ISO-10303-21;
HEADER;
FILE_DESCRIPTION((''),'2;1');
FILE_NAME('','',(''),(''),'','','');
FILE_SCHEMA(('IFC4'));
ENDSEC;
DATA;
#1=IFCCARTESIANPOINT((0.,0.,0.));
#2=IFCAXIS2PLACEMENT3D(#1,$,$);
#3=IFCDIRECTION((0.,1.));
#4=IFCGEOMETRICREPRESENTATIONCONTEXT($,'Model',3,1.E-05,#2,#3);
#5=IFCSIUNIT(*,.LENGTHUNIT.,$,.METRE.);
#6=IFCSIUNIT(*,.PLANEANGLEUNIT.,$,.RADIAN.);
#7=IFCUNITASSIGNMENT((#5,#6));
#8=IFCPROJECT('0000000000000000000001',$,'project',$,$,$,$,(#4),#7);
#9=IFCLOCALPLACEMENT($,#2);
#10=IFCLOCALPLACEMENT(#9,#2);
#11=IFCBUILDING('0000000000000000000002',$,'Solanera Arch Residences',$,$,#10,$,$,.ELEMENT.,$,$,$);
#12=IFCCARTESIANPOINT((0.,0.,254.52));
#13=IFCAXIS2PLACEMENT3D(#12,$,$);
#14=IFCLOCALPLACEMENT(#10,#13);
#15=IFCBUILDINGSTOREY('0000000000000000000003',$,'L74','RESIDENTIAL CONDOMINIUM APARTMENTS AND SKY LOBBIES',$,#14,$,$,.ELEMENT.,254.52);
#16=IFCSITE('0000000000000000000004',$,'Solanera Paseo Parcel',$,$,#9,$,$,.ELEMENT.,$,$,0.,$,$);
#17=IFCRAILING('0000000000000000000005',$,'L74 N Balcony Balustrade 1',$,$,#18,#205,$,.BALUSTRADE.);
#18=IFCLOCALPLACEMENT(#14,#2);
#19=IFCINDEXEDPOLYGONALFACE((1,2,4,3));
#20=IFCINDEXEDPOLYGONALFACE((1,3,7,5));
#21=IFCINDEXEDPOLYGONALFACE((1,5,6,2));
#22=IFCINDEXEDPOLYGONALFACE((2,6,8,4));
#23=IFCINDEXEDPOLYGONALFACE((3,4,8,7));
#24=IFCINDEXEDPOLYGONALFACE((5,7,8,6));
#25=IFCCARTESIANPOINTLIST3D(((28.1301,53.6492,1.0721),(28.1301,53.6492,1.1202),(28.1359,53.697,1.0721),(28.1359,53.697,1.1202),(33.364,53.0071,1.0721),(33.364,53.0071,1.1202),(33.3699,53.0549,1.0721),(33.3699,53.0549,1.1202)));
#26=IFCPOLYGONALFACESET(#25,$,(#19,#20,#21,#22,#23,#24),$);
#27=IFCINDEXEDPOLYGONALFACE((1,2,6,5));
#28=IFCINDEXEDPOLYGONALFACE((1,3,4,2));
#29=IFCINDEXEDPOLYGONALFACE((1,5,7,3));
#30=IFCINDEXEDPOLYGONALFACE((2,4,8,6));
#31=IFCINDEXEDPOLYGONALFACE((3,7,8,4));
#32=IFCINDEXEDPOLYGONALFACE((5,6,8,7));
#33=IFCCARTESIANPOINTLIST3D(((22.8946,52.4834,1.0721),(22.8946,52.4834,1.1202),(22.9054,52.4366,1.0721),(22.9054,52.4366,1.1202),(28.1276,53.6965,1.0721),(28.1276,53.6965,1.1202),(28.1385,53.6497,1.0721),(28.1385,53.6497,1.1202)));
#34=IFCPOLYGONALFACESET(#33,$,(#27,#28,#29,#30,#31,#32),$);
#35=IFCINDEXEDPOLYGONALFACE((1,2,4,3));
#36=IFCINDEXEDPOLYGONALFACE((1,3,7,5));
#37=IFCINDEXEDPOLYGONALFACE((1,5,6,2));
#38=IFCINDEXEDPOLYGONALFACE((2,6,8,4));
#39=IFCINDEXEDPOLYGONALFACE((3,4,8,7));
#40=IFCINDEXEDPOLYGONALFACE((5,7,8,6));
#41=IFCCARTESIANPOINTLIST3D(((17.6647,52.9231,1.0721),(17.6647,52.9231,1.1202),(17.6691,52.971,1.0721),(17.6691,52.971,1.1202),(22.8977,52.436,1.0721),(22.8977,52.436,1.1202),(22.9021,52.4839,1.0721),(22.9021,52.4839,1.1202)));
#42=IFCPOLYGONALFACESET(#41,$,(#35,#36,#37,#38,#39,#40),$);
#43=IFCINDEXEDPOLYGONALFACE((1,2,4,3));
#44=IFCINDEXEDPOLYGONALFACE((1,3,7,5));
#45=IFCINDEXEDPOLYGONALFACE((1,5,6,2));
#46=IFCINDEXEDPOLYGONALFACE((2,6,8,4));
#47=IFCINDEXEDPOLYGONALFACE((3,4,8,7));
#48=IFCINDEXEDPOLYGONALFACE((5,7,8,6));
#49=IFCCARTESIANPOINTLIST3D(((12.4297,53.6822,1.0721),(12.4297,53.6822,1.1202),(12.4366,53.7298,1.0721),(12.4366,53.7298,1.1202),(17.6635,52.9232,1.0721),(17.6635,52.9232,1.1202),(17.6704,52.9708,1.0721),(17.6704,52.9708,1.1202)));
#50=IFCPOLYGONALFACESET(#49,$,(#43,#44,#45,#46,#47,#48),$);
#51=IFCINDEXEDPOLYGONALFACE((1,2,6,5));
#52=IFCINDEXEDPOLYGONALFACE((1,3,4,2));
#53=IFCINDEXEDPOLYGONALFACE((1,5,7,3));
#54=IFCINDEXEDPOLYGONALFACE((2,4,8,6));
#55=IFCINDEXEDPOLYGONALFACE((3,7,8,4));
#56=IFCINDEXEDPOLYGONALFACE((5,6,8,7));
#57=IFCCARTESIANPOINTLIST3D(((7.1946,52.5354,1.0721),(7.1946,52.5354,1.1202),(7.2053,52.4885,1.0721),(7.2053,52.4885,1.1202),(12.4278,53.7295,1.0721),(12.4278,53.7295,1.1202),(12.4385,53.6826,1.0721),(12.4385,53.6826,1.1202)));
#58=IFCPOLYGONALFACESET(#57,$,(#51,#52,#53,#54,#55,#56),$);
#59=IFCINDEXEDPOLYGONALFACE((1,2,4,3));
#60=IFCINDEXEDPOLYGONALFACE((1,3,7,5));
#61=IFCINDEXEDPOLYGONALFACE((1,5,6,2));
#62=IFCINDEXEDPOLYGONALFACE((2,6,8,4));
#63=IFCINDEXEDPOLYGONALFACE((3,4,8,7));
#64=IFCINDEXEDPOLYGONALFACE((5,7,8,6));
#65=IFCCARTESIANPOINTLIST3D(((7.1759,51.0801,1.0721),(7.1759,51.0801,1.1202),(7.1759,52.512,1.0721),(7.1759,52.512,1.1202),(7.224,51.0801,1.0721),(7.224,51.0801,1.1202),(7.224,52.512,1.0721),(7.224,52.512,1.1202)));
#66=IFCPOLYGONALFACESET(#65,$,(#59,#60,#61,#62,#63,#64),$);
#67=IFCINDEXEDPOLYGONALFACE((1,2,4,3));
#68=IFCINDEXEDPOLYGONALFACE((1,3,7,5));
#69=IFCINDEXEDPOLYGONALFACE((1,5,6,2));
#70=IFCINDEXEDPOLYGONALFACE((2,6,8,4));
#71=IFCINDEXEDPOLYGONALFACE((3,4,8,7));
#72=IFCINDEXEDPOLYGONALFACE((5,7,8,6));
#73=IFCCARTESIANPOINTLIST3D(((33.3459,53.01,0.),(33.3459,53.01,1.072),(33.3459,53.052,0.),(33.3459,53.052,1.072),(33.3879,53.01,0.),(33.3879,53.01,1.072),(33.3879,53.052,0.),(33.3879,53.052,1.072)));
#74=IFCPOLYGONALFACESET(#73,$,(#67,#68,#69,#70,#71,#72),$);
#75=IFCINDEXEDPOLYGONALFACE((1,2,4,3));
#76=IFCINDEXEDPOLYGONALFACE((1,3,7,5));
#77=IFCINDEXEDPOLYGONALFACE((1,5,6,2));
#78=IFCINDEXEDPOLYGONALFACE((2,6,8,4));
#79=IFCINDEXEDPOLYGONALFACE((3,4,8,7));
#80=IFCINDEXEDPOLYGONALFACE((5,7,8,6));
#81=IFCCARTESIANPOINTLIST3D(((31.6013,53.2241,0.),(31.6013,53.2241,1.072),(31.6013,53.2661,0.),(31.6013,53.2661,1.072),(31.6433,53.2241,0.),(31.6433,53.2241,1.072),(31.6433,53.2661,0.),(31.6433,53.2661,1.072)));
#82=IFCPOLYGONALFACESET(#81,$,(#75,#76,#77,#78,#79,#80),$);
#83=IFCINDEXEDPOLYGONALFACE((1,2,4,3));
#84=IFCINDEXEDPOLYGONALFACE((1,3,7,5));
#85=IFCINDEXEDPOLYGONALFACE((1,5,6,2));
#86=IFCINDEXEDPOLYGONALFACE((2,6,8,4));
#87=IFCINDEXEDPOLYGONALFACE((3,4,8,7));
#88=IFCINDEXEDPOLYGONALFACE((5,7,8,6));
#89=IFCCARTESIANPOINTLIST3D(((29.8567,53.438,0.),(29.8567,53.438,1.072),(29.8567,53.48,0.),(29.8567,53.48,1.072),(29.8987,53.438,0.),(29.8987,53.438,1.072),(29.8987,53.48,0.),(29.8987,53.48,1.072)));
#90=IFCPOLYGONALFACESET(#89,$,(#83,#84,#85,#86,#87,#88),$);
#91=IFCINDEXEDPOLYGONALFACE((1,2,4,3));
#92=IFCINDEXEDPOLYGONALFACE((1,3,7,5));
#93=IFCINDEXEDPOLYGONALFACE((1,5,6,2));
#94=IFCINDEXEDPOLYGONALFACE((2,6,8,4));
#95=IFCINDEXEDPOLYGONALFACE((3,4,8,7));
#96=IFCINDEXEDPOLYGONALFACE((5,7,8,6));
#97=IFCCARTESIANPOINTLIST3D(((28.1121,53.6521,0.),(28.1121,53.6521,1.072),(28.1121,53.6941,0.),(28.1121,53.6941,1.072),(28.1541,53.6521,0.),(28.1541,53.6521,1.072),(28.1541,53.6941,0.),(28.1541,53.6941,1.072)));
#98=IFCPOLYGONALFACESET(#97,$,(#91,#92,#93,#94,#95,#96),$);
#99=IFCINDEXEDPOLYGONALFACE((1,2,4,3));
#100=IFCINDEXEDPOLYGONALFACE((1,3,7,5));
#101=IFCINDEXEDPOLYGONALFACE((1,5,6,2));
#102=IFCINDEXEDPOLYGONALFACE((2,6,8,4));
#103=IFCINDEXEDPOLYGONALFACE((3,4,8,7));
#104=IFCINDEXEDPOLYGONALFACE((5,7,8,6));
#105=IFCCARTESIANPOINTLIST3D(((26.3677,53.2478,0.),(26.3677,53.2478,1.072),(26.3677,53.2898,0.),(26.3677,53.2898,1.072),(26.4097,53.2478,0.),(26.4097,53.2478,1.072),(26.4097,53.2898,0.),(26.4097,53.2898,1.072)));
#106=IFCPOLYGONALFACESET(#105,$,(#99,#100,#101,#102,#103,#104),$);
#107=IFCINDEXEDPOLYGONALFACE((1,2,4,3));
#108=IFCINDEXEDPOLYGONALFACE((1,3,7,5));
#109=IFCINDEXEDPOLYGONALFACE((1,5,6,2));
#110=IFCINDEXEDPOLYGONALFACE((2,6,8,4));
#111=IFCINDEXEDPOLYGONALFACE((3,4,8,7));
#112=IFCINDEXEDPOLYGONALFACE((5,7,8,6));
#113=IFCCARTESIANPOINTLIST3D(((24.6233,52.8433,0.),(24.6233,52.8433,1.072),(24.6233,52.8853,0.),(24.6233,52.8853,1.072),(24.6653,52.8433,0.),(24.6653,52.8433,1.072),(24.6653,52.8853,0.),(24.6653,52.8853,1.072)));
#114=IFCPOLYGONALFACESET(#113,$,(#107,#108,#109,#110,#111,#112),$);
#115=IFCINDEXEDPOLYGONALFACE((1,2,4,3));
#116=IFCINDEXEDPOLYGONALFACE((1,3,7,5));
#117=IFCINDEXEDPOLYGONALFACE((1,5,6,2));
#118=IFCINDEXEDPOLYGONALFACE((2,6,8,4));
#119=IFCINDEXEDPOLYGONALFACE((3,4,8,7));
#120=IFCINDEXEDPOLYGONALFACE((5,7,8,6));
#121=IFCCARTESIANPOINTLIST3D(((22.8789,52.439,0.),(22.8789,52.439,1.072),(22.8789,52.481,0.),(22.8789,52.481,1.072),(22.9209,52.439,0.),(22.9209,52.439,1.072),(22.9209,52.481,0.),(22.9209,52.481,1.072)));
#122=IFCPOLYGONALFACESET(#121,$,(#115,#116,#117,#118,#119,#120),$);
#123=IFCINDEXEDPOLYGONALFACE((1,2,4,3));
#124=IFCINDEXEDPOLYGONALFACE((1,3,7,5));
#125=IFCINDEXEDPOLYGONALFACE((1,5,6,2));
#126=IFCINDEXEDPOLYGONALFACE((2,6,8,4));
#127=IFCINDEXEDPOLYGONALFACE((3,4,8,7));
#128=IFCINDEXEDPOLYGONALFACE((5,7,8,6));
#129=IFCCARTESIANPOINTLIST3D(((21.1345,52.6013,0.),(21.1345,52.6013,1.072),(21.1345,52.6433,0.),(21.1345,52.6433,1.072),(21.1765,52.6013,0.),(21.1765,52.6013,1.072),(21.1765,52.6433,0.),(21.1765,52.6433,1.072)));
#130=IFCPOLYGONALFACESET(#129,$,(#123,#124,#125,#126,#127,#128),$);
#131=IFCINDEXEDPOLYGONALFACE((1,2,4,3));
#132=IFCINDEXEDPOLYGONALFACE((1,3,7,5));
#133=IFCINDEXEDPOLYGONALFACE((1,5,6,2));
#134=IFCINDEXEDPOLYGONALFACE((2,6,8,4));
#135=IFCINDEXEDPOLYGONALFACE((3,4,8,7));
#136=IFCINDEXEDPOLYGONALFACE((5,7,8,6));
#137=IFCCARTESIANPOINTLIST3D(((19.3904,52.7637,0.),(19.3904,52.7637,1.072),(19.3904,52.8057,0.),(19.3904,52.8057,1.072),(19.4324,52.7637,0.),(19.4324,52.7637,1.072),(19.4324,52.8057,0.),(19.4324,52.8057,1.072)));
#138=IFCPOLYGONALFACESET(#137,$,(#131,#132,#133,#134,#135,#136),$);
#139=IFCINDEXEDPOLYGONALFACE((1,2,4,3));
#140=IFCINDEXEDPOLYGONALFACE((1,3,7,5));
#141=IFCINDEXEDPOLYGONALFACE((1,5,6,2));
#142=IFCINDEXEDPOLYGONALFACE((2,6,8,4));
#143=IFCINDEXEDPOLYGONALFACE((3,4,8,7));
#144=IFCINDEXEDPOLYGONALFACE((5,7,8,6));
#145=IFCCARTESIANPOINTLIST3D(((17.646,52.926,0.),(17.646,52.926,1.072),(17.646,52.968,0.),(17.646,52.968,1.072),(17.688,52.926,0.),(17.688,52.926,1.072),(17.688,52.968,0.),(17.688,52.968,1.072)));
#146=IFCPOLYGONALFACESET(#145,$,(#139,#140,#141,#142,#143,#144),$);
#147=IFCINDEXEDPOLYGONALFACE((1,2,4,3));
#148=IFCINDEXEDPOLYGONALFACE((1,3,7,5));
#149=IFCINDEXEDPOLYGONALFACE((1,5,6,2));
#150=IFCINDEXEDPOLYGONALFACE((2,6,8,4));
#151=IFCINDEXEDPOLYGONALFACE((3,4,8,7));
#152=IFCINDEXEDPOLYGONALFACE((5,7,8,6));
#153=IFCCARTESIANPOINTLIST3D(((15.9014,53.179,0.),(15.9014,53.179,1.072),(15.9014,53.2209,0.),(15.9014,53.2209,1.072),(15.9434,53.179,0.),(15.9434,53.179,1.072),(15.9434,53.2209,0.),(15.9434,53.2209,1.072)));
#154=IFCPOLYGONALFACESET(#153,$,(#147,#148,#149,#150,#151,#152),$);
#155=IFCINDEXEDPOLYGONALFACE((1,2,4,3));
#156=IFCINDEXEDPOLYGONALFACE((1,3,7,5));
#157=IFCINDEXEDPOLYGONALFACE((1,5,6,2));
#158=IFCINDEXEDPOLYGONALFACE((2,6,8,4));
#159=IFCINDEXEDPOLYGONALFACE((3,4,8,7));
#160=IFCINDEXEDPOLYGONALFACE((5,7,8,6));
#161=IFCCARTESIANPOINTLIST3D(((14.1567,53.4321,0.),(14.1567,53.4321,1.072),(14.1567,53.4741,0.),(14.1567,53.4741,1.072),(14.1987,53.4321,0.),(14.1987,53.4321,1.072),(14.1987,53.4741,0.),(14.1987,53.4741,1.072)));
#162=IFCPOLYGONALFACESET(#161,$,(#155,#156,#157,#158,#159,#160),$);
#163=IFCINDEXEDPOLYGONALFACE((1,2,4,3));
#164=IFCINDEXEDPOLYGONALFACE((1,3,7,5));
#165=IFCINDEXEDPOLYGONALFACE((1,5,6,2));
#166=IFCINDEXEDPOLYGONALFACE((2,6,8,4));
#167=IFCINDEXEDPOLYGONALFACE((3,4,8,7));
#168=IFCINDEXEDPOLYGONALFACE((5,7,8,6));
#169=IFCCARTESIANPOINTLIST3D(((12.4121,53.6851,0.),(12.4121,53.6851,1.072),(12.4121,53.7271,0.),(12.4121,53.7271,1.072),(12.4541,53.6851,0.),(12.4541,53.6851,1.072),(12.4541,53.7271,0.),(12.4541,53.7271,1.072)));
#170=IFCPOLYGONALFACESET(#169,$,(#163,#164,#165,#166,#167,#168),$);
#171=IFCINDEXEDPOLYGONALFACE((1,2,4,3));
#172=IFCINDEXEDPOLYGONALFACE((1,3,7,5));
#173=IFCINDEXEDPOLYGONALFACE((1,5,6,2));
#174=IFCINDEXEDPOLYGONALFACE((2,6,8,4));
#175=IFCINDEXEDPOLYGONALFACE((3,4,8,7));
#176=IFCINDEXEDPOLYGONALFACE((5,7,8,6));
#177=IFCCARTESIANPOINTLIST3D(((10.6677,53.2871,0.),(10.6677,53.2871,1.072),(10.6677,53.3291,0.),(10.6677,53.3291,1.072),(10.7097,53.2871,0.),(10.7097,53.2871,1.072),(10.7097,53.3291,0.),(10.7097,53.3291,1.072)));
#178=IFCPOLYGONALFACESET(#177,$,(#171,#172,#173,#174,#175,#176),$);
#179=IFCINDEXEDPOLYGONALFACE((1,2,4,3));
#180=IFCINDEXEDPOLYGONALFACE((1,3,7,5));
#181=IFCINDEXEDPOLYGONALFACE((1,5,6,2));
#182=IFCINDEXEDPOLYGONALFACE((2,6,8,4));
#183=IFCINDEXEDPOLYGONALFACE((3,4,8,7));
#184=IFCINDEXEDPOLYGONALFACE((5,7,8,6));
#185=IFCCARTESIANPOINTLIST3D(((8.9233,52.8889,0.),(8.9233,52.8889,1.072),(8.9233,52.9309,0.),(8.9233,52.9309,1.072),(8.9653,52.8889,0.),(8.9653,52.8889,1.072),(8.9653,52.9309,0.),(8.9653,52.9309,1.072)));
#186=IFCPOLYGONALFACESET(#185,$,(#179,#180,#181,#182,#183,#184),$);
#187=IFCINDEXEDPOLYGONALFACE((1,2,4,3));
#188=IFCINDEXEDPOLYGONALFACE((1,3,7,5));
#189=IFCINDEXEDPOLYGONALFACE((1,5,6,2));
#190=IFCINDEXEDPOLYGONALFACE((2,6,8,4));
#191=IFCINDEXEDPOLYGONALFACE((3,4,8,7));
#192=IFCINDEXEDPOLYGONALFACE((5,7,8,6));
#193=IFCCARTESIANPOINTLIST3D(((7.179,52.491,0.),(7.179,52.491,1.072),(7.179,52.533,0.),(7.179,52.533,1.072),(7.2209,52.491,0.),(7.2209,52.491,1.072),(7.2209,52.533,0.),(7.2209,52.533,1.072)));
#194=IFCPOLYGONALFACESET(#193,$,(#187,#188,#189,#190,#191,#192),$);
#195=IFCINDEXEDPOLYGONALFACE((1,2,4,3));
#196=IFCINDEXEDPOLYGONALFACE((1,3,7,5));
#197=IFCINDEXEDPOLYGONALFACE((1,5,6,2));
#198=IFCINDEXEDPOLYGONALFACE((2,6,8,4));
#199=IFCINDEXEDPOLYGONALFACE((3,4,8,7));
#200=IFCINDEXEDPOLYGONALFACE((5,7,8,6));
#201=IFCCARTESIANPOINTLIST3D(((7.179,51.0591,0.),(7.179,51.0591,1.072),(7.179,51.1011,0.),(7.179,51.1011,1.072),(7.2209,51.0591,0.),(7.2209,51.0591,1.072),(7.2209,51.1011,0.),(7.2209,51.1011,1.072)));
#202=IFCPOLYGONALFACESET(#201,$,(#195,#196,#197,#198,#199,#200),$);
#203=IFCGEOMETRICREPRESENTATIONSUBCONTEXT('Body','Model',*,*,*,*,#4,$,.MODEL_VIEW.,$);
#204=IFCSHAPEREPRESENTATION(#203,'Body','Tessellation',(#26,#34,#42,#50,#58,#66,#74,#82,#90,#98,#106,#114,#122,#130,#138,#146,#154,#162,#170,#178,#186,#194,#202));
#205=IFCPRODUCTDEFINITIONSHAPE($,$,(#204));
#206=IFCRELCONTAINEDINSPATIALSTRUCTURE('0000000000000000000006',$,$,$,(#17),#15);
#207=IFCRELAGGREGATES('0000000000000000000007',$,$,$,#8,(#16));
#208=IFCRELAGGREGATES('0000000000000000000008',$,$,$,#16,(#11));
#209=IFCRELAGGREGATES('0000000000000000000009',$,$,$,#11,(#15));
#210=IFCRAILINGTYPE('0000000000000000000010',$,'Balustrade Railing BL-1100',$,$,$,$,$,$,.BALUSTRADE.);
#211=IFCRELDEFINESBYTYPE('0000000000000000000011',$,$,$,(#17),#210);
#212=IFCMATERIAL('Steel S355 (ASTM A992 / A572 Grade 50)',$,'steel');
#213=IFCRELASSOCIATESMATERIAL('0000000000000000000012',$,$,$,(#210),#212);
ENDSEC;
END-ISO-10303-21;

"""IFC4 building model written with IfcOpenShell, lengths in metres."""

from ifc_helpers import new_model, si_unit, direction, frame, origin, origin_2d, place, context, subcontext, project, spatial, rectangle, extrude, material, type_object, element, save


model = new_model("IFC4")

# Units and contexts
model_context = context("Model", 3, precision=1e-05, world=origin(), true_north=direction((0.0, 1.0)))
body_context = subcontext(model_context, "Body", "Model", "MODEL_VIEW")
ifc_project = project(units=[si_unit("LENGTHUNIT", "METRE"), si_unit("PLANEANGLEUNIT", "RADIAN")], contexts=[model_context])

# Site, building, storey
site_placement = place(None, origin())
site = spatial("IfcSite", under=ifc_project, at=site_placement, Name="Solanera Paseo Parcel", CompositionType="ELEMENT", RefElevation=0.0)
building_placement = place(site_placement, origin())
building = spatial("IfcBuilding", under=site, at=building_placement, Name="Solanera Arch Residences", CompositionType="ELEMENT")
storey_placement = place(building_placement, frame((0.0, 0.0, 254.52)))
storey = spatial("IfcBuildingStorey", under=building, at=storey_placement, Name="L74", Description="RESIDENTIAL CONDOMINIUM APARTMENTS AND SKY LOBBIES", CompositionType="ELEMENT", Elevation=254.52)

# Railing
ifc_material_1 = material(Name="Steel S355 (ASTM A992 / A572 Grade 50)", Category="steel")
railing_type = type_object("IfcRailingType", Name="Balustrade Railing BL-1100", PredefinedType="BALUSTRADE", material=ifc_material_1)
railing_1_placement = place(storey_placement, frame((33.3669, 53.031, 0.0)))
element("IfcRailing", 1, at=railing_1_placement, inside=storey, type_object=railing_type, Name="L74 N Balcony Balustrade 1", PredefinedType="BALUSTRADE", context=body_context, shape_type="SweptSolid", body=[
    extrude(rectangle(XDim=0.0481, YDim=0.0481, at=origin_2d()), frame((0.0, 0.0, 1.0962), z_axis=(-0.992559, 0.121766, 0.0), x_axis=(-0.121766, -0.992559, 0.0)), (0.0, 0.0, 1.0), 5.2732),
    extrude(rectangle(XDim=0.0481, YDim=0.0481, at=origin_2d()), frame((-5.2339, 0.6421, 1.0962), z_axis=(-0.974167, -0.225829, 0.0), x_axis=(0.225829, -0.974167, 0.0)), (0.0, 0.0, 1.0), 5.3718),
    extrude(rectangle(XDim=0.0481, YDim=0.0481, at=origin_2d()), frame((-10.467, -0.571, 1.0962), z_axis=(-0.995696, 0.092676, 0.0), x_axis=(-0.092676, -0.995696, 0.0)), (0.0, 0.0, 1.0), 5.2556),
    extrude(rectangle(XDim=0.0481, YDim=0.0481, at=origin_2d()), frame((-15.7, -0.084, 1.0962), z_axis=(-0.989647, 0.143521, 0.0), x_axis=(-0.143521, -0.989647, 0.0)), (0.0, 0.0, 1.0), 5.2886),
    extrude(rectangle(XDim=0.0481, YDim=0.0481, at=origin_2d()), frame((-20.9338, 0.675, 1.0962), z_axis=(-0.974942, -0.22246, 0.0), x_axis=(0.22246, -0.974942, 0.0)), (0.0, 0.0, 1.0), 5.3677),
    extrude(rectangle(XDim=0.0481, YDim=0.0481, at=origin_2d()), frame((-26.167, -0.519, 1.0962), z_axis=(0.0, -1.0, 0.0), x_axis=(1.0, 0.0, 0.0)), (0.0, 0.0, 1.0), 1.4319),
    extrude(rectangle(XDim=0.042, YDim=0.042, at=origin_2d()), origin(), (0.0, 0.0, 1.0), 1.072),
    extrude(rectangle(XDim=0.042, YDim=0.042, at=origin_2d()), frame((-1.7446, 0.2141, 0.0)), (0.0, 0.0, 1.0), 1.072),
    extrude(rectangle(XDim=0.042, YDim=0.042, at=origin_2d()), frame((-3.4893, 0.428, 0.0)), (0.0, 0.0, 1.0), 1.072),
    extrude(rectangle(XDim=0.042, YDim=0.042, at=origin_2d()), frame((-5.2339, 0.6421, 0.0)), (0.0, 0.0, 1.0), 1.072),
    extrude(rectangle(XDim=0.042, YDim=0.042, at=origin_2d()), frame((-6.9783, 0.2378, 0.0)), (0.0, 0.0, 1.0), 1.072),
    extrude(rectangle(XDim=0.042, YDim=0.042, at=origin_2d()), frame((-8.7227, -0.1667, 0.0)), (0.0, 0.0, 1.0), 1.072),
    extrude(rectangle(XDim=0.042, YDim=0.042, at=origin_2d()), frame((-10.467, -0.571, 0.0)), (0.0, 0.0, 1.0), 1.072),
    extrude(rectangle(XDim=0.042, YDim=0.042, at=origin_2d()), frame((-12.2114, -0.4087, 0.0)), (0.0, 0.0, 1.0), 1.072),
    extrude(rectangle(XDim=0.042, YDim=0.042, at=origin_2d()), frame((-13.9556, -0.2463, 0.0)), (0.0, 0.0, 1.0), 1.072),
    extrude(rectangle(XDim=0.042, YDim=0.042, at=origin_2d()), frame((-15.7, -0.084, 0.0)), (0.0, 0.0, 1.0), 1.072),
    extrude(rectangle(XDim=0.042, YDim=0.042, at=origin_2d()), frame((-17.4446, 0.1689, 0.0)), (0.0, 0.0, 1.0), 1.072),
    extrude(rectangle(XDim=0.042, YDim=0.042, at=origin_2d()), frame((-19.1892, 0.4221, 0.0)), (0.0, 0.0, 1.0), 1.072),
    extrude(rectangle(XDim=0.042, YDim=0.042, at=origin_2d()), frame((-20.9338, 0.675, 0.0)), (0.0, 0.0, 1.0), 1.072),
    extrude(rectangle(XDim=0.042, YDim=0.042, at=origin_2d()), frame((-22.6782, 0.2771, 0.0)), (0.0, 0.0, 1.0), 1.072),
    extrude(rectangle(XDim=0.042, YDim=0.042, at=origin_2d()), frame((-24.4226, -0.1211, 0.0)), (0.0, 0.0, 1.0), 1.072),
    extrude(rectangle(XDim=0.042, YDim=0.042, at=origin_2d()), frame((-26.167, -0.519, 0.0)), (0.0, 0.0, 1.0), 1.072),
    extrude(rectangle(XDim=0.042, YDim=0.042, at=origin_2d()), frame((-26.167, -1.9509, 0.0)), (0.0, 0.0, 1.0), 1.072),
])

save(model, "model.ifc")
